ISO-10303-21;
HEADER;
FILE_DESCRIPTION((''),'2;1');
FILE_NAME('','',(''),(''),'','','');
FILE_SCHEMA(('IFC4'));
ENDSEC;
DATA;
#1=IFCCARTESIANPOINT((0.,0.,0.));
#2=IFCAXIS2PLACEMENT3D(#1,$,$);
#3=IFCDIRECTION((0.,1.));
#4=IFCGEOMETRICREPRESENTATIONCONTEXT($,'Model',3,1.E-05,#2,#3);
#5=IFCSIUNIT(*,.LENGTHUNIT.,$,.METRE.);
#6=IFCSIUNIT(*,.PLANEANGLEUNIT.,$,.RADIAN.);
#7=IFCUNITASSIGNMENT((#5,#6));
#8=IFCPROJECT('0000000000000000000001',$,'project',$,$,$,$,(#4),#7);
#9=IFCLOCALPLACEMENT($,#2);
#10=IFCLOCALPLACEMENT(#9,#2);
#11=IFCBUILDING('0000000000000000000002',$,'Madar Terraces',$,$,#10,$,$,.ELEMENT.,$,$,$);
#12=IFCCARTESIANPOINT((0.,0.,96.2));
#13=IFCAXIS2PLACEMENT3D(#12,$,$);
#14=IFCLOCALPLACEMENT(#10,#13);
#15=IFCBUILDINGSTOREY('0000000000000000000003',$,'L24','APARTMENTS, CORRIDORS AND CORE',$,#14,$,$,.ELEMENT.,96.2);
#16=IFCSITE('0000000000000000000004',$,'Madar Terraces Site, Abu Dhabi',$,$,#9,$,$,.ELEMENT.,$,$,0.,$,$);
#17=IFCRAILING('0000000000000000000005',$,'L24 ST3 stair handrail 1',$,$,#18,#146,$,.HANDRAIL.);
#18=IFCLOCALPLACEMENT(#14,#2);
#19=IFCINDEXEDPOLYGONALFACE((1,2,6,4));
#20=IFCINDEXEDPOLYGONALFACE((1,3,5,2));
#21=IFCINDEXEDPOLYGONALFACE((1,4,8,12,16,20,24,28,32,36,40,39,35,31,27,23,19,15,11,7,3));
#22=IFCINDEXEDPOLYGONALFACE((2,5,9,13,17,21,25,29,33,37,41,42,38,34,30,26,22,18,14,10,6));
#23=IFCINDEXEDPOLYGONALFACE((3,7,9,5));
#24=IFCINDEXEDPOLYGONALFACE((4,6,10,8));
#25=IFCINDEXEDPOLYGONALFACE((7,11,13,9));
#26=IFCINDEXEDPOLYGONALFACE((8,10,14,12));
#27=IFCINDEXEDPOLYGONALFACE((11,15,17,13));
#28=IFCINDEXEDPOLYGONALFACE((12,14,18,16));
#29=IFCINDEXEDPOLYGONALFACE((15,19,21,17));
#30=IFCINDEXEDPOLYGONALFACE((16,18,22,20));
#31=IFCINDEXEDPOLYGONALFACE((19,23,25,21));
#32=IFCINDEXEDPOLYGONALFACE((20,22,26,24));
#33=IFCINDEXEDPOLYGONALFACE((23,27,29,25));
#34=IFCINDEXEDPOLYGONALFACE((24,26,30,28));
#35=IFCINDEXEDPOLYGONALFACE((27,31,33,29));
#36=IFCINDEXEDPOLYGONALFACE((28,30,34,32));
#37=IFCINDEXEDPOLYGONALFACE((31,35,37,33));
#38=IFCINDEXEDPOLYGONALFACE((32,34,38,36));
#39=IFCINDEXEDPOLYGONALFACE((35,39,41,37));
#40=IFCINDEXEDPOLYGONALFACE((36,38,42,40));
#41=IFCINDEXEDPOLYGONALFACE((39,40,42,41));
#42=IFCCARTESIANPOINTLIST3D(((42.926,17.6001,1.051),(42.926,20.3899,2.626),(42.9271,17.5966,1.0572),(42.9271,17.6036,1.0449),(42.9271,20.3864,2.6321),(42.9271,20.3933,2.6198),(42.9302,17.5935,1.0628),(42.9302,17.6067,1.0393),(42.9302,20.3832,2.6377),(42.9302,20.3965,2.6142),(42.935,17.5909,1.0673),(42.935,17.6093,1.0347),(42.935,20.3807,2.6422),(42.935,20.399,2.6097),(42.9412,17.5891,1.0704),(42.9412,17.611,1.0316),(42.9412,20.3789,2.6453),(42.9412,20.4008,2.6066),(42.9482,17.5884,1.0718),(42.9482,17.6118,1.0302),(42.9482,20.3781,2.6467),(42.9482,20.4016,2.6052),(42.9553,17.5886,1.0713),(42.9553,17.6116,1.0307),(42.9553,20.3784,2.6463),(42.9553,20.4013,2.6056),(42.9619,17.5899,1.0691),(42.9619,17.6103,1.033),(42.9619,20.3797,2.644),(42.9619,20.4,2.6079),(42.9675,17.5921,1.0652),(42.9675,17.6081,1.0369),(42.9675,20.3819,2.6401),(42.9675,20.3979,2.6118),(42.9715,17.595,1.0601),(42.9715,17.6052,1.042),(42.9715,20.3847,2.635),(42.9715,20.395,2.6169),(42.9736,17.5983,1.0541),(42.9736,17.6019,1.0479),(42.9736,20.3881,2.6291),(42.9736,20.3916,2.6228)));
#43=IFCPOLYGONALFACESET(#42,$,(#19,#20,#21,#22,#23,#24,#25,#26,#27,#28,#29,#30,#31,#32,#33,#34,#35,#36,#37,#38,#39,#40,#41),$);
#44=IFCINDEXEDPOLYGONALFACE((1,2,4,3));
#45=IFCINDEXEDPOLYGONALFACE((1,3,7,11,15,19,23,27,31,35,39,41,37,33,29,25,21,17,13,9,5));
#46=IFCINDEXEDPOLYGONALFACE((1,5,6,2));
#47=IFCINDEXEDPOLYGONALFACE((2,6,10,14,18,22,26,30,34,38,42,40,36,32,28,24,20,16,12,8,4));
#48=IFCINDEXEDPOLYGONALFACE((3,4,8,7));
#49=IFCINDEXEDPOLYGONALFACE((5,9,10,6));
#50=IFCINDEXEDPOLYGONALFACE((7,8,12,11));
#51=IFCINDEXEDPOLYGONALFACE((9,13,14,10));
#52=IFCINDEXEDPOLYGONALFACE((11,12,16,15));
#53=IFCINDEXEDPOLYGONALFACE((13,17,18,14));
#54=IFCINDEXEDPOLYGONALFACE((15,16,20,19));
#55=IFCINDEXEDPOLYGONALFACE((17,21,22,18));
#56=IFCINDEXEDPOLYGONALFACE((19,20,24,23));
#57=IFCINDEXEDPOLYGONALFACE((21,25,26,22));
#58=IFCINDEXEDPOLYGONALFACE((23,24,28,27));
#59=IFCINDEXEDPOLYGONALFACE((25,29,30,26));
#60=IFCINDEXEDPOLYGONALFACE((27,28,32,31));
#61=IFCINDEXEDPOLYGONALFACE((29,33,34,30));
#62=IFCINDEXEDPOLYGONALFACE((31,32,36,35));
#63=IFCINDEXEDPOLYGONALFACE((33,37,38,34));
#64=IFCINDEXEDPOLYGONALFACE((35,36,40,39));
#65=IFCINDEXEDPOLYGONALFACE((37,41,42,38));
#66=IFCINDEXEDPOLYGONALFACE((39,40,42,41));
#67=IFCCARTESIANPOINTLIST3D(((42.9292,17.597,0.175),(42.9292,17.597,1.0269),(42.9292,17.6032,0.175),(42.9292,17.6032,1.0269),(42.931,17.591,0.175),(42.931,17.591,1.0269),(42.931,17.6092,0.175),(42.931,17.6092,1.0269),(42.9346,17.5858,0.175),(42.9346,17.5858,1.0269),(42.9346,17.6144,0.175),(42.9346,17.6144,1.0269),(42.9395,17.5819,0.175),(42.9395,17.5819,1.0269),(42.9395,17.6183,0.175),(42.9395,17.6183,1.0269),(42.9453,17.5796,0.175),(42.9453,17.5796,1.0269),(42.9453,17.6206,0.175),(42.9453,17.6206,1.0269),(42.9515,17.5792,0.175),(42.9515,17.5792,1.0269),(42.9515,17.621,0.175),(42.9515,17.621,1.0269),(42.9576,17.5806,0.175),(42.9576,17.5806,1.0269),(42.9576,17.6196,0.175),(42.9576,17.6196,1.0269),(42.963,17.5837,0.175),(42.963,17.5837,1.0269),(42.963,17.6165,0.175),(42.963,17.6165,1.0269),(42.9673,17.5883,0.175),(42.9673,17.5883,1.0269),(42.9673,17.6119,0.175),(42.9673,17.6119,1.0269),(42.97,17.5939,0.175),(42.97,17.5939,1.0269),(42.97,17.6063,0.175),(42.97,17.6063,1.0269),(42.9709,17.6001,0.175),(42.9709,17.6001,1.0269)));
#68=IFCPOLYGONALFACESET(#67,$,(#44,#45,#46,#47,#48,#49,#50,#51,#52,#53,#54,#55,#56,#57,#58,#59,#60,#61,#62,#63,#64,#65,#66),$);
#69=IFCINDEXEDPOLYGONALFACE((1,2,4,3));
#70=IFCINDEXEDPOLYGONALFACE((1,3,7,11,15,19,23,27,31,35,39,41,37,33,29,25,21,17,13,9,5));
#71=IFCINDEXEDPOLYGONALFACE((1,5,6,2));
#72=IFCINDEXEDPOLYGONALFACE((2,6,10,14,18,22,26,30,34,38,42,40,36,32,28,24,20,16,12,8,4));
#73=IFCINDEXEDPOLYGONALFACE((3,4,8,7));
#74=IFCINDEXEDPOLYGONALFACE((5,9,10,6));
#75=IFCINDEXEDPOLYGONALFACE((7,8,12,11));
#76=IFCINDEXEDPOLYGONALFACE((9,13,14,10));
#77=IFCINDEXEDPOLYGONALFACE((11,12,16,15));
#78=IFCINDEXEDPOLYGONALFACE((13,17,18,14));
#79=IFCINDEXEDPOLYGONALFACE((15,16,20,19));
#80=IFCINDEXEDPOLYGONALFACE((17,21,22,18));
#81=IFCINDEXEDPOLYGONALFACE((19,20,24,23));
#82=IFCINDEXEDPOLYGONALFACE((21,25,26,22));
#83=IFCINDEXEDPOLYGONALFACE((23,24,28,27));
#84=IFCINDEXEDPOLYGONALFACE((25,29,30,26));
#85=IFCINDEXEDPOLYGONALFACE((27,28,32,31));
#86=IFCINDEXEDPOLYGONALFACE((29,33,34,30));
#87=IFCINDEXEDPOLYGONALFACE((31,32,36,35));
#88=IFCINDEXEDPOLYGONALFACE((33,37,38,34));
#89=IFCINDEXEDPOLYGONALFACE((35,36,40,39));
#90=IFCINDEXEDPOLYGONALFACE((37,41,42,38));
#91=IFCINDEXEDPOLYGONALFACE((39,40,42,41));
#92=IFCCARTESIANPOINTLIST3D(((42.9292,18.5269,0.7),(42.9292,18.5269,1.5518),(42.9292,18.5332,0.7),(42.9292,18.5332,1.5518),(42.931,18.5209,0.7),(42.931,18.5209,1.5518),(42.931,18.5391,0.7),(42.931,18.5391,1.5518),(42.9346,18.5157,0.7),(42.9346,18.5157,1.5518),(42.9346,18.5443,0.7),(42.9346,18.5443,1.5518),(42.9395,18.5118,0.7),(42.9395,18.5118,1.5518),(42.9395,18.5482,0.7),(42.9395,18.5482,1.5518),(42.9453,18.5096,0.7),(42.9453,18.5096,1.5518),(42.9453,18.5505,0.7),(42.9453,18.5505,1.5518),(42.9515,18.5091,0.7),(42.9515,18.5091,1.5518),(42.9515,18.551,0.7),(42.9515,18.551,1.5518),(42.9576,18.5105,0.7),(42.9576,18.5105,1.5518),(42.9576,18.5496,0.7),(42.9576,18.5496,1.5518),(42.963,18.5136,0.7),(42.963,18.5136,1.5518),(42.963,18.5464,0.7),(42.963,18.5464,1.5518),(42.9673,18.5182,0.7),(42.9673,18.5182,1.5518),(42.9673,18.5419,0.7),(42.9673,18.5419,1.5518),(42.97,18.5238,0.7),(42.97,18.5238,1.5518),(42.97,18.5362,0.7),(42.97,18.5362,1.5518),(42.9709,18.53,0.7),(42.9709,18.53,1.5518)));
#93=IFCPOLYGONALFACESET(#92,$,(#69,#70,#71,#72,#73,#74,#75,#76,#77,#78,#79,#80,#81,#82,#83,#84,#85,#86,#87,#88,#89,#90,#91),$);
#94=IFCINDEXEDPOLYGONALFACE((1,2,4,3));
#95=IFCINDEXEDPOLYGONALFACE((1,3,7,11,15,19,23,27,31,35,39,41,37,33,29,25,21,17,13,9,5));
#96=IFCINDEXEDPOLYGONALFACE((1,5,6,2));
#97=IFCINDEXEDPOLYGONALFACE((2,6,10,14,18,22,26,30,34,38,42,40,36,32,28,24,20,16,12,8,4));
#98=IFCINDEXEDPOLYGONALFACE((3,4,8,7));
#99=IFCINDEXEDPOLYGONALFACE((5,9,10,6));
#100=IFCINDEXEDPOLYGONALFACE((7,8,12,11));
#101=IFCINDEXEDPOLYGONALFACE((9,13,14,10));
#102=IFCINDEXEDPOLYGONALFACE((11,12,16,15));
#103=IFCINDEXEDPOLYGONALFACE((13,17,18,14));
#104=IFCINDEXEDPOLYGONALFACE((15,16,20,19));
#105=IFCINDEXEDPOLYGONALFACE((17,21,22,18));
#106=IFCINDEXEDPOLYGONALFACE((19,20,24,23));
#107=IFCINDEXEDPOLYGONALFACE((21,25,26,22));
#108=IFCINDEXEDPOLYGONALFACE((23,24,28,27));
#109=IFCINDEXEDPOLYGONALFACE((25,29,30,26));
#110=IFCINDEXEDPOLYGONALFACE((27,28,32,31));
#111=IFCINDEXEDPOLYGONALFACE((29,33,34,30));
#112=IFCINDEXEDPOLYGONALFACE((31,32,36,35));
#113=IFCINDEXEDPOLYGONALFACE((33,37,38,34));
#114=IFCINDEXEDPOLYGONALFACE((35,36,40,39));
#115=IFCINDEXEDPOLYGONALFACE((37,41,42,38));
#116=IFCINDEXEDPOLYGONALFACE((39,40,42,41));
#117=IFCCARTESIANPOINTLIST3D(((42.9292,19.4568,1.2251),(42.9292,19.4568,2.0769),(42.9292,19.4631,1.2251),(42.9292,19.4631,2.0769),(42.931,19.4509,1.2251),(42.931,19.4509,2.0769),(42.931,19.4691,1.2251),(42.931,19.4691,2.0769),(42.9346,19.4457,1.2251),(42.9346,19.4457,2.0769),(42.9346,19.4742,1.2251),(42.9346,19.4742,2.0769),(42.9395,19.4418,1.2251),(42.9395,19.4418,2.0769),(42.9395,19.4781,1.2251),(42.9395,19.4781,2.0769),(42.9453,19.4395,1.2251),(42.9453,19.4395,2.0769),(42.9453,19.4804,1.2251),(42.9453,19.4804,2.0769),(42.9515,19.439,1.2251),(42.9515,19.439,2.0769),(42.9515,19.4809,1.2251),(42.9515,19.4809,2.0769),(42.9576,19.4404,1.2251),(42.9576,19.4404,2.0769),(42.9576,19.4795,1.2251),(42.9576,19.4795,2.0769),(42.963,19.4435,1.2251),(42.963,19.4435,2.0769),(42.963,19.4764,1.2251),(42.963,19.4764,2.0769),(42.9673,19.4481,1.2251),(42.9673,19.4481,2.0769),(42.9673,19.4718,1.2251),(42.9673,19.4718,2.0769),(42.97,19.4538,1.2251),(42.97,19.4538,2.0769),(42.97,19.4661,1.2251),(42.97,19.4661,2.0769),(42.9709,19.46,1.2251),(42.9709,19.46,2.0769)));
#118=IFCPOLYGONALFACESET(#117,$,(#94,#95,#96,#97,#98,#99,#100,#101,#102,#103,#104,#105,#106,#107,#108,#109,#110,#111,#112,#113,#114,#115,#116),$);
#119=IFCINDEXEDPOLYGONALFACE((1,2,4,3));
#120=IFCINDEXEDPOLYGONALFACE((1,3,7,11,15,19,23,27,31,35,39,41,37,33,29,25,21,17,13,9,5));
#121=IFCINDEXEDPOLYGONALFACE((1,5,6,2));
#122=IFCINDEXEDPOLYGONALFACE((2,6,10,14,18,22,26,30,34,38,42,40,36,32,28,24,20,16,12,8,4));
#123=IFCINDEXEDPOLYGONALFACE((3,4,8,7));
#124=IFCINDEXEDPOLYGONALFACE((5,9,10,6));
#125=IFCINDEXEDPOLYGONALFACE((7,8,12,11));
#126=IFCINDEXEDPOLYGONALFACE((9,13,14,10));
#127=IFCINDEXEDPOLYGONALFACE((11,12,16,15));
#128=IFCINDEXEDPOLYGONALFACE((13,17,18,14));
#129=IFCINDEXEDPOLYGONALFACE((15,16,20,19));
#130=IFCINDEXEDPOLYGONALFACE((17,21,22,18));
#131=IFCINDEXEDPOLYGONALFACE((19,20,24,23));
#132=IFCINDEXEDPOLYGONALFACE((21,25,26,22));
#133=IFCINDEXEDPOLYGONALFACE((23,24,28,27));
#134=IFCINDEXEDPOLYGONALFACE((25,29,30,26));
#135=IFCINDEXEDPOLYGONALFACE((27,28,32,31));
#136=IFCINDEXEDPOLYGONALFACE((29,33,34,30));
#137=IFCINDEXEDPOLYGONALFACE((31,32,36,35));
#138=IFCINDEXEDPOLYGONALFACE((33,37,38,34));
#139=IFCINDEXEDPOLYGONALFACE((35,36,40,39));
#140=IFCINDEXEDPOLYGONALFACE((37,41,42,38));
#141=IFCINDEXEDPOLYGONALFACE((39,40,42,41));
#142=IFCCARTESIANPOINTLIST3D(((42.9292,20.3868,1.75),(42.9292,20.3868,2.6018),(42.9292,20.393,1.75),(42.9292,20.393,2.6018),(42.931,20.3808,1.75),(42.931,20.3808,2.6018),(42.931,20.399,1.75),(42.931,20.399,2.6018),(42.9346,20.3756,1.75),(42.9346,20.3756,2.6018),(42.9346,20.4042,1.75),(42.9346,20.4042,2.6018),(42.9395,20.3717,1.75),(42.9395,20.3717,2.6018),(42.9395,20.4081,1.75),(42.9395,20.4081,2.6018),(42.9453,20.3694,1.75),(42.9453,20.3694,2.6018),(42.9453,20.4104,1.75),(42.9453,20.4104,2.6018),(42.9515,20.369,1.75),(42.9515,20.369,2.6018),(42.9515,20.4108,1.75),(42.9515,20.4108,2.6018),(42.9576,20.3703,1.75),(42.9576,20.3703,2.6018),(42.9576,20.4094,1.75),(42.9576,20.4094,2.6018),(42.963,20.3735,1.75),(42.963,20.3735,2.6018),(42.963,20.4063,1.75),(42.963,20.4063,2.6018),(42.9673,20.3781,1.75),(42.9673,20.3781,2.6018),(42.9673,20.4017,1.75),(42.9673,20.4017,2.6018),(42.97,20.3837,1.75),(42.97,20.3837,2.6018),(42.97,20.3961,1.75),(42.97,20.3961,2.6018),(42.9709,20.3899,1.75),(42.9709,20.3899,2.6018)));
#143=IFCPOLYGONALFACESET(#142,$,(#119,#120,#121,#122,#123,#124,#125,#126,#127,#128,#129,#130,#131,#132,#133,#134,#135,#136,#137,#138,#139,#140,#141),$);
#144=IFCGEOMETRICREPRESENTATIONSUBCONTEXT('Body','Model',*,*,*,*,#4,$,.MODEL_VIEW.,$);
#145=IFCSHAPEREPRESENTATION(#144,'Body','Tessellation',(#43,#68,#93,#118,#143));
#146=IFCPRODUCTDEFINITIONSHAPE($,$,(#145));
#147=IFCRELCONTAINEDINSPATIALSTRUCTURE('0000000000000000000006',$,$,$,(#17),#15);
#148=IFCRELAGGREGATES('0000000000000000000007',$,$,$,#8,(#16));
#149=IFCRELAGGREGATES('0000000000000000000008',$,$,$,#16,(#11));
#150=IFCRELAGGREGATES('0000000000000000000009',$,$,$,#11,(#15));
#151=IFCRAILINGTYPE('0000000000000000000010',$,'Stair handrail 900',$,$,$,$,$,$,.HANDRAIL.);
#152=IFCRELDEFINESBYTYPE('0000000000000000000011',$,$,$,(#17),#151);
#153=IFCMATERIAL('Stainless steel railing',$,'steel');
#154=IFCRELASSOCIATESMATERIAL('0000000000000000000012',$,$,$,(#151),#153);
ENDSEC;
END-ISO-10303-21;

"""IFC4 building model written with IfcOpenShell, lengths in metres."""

from ifc_helpers import new_model, si_unit, direction, frame, origin, origin_2d, place, context, subcontext, project, spatial, circle, extrude, material, type_object, element, save


model = new_model("IFC4")

# Units and contexts
model_context = context("Model", 3, precision=1e-05, world=origin(), true_north=direction((0.0, 1.0)))
body_context = subcontext(model_context, "Body", "Model", "MODEL_VIEW")
ifc_project = project(units=[si_unit("LENGTHUNIT", "METRE"), si_unit("PLANEANGLEUNIT", "RADIAN")], contexts=[model_context])

# Site, building, storey
site_placement = place(None, origin())
site = spatial("IfcSite", under=ifc_project, at=site_placement, Name="Madar Terraces Site, Abu Dhabi", CompositionType="ELEMENT", RefElevation=0.0)
building_placement = place(site_placement, origin())
building = spatial("IfcBuilding", under=site, at=building_placement, Name="Madar Terraces", CompositionType="ELEMENT")
storey_placement = place(building_placement, frame((0.0, 0.0, 96.2)))
storey = spatial("IfcBuildingStorey", under=building, at=storey_placement, Name="L24", Description="APARTMENTS, CORRIDORS AND CORE", CompositionType="ELEMENT", Elevation=96.2)

# Railing
ifc_material_1 = material(Name="Stainless steel railing", Category="steel")
railing_type_1 = type_object("IfcRailingType", Name="Stair handrail 900", PredefinedType="HANDRAIL", material=ifc_material_1)
railing_1_placement = place(storey_placement, frame((42.95, 17.6001, 0.175)))
element("IfcRailing", 1, at=railing_1_placement, inside=storey, type_object=railing_type_1, Name="L24 ST3 stair handrail 1", PredefinedType="HANDRAIL", context=body_context, shape_type="SweptSolid", body=[
    extrude(circle(Radius=0.0239, at=origin_2d()), frame((0.0, 0.0, 0.876), z_axis=(0.0, 0.870815, 0.49161), x_axis=(-1.0, 0.0, 0.0)), (0.0, 0.0, 1.0), 3.2036),
    extrude(circle(Radius=0.021, at=origin_2d()), origin(), (0.0, 0.0, 1.0), 0.8518),
    extrude(circle(Radius=0.021, at=origin_2d()), frame((0.0, 0.9299, 0.5249)), (0.0, 0.0, 1.0), 0.8518),
    extrude(circle(Radius=0.021, at=origin_2d()), frame((0.0, 1.8599, 1.05)), (0.0, 0.0, 1.0), 0.8518),
    extrude(circle(Radius=0.021, at=origin_2d()), frame((0.0, 2.7898, 1.575)), (0.0, 0.0, 1.0), 0.8518),
])

save(model, "model.ifc")
